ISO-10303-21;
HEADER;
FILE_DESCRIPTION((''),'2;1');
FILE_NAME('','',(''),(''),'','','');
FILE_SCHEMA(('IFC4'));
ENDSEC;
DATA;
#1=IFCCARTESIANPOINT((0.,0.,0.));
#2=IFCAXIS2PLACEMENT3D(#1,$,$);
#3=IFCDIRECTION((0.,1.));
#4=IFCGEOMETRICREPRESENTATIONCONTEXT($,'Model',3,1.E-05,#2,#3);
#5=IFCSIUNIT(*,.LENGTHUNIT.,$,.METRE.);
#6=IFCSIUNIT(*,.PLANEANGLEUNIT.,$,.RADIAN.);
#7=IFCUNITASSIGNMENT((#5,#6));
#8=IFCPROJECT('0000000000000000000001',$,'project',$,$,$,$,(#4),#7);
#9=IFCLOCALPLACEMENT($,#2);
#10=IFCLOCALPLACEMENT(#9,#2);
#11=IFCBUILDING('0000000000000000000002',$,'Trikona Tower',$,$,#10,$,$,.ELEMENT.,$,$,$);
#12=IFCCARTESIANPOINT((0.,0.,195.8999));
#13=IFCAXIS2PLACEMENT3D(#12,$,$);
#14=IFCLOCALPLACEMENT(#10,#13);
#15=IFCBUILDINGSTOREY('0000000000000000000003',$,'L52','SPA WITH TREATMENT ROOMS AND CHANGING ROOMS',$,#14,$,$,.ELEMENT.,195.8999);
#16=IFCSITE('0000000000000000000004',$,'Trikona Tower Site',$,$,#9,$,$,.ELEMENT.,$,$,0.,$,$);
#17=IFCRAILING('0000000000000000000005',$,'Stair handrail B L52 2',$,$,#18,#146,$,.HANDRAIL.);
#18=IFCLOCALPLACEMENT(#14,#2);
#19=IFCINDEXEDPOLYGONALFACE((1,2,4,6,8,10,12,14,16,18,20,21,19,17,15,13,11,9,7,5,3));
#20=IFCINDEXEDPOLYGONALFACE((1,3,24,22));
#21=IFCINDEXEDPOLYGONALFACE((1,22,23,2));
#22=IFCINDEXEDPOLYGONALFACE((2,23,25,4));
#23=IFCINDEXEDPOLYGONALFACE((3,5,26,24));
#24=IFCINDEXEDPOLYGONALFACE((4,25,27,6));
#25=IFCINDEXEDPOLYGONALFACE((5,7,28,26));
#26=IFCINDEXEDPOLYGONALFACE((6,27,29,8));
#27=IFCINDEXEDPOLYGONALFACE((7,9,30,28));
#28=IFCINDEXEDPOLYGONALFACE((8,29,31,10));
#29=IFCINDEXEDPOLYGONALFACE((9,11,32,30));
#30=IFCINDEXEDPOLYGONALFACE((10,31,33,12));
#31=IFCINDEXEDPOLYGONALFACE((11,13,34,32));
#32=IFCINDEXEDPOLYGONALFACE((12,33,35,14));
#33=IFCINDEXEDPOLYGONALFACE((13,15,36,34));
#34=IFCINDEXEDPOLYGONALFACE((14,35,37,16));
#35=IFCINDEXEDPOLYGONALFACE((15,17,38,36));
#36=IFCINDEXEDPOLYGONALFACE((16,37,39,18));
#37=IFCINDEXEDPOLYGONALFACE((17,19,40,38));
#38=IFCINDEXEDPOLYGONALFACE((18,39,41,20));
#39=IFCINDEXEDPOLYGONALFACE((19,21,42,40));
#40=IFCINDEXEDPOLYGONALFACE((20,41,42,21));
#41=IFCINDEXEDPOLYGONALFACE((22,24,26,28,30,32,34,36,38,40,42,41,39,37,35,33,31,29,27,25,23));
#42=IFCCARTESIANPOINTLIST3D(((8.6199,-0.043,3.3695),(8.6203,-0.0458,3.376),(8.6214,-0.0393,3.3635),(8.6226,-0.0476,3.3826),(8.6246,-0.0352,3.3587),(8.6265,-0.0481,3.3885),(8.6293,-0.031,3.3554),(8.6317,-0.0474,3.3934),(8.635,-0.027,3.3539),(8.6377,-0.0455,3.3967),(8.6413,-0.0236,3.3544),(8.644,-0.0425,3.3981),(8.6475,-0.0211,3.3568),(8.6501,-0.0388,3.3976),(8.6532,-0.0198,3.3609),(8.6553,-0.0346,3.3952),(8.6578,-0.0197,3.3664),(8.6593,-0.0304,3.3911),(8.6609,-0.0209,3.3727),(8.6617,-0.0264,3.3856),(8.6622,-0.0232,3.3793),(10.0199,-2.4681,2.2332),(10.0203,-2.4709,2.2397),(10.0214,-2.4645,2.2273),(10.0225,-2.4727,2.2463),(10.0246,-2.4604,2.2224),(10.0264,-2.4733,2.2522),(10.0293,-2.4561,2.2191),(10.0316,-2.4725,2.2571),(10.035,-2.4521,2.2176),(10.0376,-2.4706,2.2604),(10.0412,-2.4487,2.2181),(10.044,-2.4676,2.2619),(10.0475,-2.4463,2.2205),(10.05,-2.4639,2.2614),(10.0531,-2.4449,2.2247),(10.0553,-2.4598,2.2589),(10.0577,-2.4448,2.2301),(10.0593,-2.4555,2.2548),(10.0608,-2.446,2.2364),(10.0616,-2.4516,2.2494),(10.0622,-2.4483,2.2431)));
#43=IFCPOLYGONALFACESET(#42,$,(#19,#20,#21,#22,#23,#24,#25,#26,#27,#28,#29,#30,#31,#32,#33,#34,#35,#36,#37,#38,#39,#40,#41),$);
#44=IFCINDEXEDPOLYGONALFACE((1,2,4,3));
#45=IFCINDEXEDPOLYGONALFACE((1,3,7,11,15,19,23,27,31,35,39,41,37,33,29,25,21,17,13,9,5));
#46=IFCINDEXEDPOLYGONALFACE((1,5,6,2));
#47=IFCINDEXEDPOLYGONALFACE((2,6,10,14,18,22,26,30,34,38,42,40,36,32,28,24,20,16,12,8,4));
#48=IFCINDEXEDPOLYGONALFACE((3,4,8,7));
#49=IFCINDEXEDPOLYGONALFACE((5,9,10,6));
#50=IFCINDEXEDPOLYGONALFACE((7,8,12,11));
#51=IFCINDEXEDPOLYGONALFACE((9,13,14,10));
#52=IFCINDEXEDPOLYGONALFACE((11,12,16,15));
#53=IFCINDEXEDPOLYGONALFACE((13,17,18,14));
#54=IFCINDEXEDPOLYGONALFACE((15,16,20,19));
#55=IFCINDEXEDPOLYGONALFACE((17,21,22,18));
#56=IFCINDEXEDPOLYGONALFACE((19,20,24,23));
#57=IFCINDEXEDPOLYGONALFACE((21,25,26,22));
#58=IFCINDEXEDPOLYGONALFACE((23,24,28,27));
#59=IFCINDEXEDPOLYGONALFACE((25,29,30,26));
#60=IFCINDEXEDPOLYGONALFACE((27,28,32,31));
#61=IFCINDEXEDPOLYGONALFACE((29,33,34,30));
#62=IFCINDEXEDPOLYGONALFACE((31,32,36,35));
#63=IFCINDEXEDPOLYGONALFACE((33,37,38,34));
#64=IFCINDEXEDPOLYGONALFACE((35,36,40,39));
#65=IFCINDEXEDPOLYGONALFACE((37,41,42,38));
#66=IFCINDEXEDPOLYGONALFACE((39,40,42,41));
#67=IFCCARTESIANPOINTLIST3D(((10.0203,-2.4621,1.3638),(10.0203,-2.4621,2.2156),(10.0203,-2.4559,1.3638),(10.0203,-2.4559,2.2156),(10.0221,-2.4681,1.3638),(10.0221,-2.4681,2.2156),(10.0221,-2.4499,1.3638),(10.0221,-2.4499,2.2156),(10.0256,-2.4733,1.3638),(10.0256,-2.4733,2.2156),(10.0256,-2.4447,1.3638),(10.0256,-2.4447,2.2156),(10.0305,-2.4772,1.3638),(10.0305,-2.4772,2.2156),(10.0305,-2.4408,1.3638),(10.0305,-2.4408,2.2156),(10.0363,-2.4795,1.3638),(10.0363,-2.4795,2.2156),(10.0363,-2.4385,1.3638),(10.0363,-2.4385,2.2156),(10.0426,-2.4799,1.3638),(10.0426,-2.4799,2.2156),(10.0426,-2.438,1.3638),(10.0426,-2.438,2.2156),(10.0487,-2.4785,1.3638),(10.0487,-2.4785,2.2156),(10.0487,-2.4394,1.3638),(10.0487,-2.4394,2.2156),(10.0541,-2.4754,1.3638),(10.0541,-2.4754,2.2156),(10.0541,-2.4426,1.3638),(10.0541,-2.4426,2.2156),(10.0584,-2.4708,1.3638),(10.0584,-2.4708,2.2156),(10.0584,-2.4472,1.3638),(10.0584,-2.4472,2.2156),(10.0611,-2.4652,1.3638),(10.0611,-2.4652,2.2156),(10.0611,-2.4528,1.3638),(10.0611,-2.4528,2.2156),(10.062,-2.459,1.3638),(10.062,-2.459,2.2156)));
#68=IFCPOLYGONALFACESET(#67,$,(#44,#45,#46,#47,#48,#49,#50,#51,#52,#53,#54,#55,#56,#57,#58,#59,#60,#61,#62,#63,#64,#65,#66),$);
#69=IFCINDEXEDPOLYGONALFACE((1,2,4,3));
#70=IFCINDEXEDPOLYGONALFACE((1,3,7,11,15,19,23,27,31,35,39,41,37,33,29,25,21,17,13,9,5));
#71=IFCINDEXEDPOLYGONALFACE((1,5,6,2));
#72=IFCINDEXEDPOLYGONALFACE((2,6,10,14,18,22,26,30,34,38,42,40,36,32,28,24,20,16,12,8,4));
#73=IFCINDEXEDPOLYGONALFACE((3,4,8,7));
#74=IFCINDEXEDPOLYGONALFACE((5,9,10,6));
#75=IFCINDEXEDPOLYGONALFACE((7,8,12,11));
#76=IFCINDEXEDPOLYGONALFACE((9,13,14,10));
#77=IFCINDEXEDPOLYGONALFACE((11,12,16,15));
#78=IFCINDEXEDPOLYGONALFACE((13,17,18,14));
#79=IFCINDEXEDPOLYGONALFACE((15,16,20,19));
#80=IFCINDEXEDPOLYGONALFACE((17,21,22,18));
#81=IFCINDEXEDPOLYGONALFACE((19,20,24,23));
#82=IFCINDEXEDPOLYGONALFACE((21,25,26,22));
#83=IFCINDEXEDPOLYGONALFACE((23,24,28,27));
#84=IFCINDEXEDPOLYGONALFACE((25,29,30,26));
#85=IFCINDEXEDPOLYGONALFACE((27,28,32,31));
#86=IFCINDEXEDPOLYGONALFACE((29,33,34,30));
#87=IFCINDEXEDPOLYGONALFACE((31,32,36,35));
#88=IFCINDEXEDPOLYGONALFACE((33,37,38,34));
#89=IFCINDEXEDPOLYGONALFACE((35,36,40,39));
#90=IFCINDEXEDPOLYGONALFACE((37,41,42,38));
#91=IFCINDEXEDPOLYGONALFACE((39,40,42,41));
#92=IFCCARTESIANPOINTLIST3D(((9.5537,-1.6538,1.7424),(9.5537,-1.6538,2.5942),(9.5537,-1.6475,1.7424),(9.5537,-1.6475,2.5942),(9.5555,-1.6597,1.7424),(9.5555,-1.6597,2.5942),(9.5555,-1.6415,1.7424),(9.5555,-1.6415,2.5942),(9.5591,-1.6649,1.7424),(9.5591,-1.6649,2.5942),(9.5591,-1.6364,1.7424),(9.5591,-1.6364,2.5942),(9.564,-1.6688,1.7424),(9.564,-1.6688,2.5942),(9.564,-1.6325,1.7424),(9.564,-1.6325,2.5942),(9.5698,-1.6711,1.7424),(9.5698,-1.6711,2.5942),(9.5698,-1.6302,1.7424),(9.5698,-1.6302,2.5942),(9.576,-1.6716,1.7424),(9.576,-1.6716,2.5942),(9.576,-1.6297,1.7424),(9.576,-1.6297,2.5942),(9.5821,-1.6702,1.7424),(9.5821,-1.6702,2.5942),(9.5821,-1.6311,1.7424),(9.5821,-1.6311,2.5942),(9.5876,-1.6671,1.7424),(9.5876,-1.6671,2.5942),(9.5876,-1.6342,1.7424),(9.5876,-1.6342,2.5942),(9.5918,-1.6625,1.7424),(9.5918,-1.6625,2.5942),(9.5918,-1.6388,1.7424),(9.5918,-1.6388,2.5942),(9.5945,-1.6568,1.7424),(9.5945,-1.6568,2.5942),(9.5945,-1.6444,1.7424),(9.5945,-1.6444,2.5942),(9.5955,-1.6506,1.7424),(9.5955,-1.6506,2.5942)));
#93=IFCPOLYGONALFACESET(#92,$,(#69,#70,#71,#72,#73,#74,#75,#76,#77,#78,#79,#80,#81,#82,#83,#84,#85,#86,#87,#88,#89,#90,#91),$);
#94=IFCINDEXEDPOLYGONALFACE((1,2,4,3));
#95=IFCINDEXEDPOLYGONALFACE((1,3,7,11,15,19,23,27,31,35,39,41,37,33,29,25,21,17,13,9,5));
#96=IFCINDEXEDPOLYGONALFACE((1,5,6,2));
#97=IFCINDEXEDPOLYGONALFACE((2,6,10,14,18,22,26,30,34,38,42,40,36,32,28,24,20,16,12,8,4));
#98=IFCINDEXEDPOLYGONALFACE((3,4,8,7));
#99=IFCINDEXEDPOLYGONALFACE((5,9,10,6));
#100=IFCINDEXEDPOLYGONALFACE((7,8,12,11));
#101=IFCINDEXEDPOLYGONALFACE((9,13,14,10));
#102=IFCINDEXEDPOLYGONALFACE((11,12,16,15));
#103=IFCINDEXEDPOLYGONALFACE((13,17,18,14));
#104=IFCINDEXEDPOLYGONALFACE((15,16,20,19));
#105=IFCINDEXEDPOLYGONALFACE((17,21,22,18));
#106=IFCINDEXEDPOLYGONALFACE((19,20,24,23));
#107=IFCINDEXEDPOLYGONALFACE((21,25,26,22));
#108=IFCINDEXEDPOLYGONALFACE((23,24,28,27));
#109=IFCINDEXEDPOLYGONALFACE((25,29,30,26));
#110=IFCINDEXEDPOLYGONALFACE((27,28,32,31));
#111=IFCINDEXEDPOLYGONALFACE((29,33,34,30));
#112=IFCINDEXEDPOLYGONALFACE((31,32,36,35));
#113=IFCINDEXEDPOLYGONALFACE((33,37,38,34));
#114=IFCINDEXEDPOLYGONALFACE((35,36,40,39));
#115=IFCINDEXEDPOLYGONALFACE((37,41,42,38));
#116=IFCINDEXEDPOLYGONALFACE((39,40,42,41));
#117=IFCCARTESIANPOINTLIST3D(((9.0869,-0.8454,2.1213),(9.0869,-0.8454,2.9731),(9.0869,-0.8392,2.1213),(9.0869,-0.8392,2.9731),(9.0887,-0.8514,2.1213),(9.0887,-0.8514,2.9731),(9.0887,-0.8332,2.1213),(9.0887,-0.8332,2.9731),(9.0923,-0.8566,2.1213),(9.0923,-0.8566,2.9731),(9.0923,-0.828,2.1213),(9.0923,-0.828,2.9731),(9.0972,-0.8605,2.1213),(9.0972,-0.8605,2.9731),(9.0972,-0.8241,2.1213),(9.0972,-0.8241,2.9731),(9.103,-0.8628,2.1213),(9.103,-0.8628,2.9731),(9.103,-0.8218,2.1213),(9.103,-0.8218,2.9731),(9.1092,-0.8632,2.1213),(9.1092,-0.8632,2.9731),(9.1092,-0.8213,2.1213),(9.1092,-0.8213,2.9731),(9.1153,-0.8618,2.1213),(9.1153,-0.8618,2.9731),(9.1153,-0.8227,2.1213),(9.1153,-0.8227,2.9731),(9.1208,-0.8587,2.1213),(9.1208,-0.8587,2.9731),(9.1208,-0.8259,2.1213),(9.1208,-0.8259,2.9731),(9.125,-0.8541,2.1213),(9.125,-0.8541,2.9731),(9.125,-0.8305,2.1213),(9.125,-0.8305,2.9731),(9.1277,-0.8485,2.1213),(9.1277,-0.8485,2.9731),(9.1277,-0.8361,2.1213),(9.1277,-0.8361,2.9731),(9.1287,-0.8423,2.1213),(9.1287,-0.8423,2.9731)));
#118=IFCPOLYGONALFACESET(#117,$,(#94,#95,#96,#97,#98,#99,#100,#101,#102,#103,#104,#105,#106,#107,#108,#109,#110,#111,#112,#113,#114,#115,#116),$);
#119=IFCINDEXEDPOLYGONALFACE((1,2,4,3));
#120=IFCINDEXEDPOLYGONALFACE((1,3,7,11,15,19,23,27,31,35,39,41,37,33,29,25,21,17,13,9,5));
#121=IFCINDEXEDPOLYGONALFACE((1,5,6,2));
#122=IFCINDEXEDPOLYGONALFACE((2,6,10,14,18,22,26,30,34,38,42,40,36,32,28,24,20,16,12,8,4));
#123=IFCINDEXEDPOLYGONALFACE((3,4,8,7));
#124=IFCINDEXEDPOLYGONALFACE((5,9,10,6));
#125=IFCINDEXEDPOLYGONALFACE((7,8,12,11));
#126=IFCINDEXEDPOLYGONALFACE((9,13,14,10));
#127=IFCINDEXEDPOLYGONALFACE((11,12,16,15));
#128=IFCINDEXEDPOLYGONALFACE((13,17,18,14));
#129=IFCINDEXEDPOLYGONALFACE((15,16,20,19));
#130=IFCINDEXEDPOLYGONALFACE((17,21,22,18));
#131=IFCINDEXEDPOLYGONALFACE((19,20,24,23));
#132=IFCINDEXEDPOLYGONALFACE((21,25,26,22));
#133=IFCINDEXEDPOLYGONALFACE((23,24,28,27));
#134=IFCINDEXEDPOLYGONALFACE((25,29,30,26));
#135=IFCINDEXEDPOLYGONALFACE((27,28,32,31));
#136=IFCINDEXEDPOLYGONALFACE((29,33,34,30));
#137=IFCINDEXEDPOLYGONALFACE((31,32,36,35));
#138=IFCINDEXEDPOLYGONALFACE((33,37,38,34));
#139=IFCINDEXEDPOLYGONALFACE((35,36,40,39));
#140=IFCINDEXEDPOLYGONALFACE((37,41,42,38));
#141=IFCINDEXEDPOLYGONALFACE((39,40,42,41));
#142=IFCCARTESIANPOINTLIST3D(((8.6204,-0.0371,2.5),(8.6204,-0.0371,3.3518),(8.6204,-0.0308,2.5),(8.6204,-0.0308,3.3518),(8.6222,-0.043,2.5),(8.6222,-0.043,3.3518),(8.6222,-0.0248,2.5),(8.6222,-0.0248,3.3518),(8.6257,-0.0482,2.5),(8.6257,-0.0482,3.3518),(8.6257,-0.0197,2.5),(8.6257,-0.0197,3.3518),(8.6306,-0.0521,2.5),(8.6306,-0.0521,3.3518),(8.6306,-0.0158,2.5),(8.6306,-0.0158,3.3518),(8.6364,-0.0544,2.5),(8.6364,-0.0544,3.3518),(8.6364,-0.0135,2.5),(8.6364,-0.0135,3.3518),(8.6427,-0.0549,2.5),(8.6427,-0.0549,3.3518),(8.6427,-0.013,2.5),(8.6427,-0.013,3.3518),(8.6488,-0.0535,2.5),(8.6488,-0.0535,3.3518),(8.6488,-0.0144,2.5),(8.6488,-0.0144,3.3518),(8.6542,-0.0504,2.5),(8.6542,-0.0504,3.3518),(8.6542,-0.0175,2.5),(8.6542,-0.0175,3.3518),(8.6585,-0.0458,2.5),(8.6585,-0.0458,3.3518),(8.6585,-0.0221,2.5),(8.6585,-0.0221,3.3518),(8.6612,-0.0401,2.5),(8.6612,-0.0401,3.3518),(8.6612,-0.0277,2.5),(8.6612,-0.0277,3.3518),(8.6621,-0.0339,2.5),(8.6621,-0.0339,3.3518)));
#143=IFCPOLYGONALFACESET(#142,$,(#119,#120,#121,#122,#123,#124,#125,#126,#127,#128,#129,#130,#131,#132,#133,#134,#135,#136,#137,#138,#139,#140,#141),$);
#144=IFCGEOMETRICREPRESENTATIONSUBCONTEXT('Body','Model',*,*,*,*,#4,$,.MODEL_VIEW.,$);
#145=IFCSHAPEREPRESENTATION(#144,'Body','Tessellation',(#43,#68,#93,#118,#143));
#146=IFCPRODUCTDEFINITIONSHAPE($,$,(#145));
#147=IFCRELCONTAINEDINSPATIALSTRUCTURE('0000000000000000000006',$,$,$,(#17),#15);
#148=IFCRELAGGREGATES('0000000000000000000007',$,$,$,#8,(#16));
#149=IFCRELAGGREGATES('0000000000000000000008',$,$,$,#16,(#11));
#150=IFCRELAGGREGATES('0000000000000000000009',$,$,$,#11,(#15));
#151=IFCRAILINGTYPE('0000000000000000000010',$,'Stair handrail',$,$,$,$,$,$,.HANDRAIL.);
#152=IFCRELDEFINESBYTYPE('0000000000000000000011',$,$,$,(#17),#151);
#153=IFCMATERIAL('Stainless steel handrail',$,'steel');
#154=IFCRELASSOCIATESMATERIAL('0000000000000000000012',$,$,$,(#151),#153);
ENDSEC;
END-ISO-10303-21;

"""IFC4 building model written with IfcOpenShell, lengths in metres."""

from ifc_helpers import new_model, si_unit, direction, frame, origin, origin_2d, place, context, subcontext, project, spatial, circle, extrude, material, type_object, element, save


model = new_model("IFC4")

# Units and contexts
model_context = context("Model", 3, precision=1e-05, world=origin(), true_north=direction((0.0, 1.0)))
body_context = subcontext(model_context, "Body", "Model", "MODEL_VIEW")
ifc_project = project(units=[si_unit("LENGTHUNIT", "METRE"), si_unit("PLANEANGLEUNIT", "RADIAN")], contexts=[model_context])

# Site, building, storey
site_placement = place(None, origin())
site = spatial("IfcSite", under=ifc_project, at=site_placement, Name="Trikona Tower Site", CompositionType="ELEMENT", RefElevation=0.0)
building_placement = place(site_placement, origin())
building = spatial("IfcBuilding", under=site, at=building_placement, Name="Trikona Tower", CompositionType="ELEMENT")
storey_placement = place(building_placement, frame((0.0, 0.0, 195.8999)))
storey = spatial("IfcBuildingStorey", under=building, at=storey_placement, Name="L52", Description="SPA WITH TREATMENT ROOMS AND CHANGING ROOMS", CompositionType="ELEMENT", Elevation=195.8999)

# Railing
ifc_material_1 = material(Name="Stainless steel handrail", Category="steel")
railing_type = type_object("IfcRailingType", Name="Stair handrail", PredefinedType="HANDRAIL", material=ifc_material_1)
for number, where, name in (
    (1, (10.041, -2.459, 1.3638), "Stair handrail B L52 2"),
):
    element("IfcRailing", number, at=place(storey_placement, frame(where)), inside=storey, type_object=railing_type, Name=name, PredefinedType="HANDRAIL", context=body_context, shape_type="SweptSolid", body=[
        extrude(circle(Radius=0.0239, at=origin_2d()), frame((0.0, 0.0, 0.876), z_axis=(-0.463259, 0.802503, 0.376004), x_axis=(-0.866056, -0.499946, 0.0)), (0.0, 0.0, 1.0), 3.022),
        extrude(circle(Radius=0.021, at=origin_2d()), origin(), (0.0, 0.0, 1.0), 0.8518),
        extrude(circle(Radius=0.021, at=origin_2d()), frame((-0.4666, 0.8083, 0.3787)), (0.0, 0.0, 1.0), 0.8518),
        extrude(circle(Radius=0.021, at=origin_2d()), frame((-0.9333, 1.6167, 0.7576)), (0.0, 0.0, 1.0), 0.8518),
        extrude(circle(Radius=0.021, at=origin_2d()), frame((-1.3999, 2.425, 1.1362)), (0.0, 0.0, 1.0), 0.8518),
    ])

save(model, "model.ifc")
